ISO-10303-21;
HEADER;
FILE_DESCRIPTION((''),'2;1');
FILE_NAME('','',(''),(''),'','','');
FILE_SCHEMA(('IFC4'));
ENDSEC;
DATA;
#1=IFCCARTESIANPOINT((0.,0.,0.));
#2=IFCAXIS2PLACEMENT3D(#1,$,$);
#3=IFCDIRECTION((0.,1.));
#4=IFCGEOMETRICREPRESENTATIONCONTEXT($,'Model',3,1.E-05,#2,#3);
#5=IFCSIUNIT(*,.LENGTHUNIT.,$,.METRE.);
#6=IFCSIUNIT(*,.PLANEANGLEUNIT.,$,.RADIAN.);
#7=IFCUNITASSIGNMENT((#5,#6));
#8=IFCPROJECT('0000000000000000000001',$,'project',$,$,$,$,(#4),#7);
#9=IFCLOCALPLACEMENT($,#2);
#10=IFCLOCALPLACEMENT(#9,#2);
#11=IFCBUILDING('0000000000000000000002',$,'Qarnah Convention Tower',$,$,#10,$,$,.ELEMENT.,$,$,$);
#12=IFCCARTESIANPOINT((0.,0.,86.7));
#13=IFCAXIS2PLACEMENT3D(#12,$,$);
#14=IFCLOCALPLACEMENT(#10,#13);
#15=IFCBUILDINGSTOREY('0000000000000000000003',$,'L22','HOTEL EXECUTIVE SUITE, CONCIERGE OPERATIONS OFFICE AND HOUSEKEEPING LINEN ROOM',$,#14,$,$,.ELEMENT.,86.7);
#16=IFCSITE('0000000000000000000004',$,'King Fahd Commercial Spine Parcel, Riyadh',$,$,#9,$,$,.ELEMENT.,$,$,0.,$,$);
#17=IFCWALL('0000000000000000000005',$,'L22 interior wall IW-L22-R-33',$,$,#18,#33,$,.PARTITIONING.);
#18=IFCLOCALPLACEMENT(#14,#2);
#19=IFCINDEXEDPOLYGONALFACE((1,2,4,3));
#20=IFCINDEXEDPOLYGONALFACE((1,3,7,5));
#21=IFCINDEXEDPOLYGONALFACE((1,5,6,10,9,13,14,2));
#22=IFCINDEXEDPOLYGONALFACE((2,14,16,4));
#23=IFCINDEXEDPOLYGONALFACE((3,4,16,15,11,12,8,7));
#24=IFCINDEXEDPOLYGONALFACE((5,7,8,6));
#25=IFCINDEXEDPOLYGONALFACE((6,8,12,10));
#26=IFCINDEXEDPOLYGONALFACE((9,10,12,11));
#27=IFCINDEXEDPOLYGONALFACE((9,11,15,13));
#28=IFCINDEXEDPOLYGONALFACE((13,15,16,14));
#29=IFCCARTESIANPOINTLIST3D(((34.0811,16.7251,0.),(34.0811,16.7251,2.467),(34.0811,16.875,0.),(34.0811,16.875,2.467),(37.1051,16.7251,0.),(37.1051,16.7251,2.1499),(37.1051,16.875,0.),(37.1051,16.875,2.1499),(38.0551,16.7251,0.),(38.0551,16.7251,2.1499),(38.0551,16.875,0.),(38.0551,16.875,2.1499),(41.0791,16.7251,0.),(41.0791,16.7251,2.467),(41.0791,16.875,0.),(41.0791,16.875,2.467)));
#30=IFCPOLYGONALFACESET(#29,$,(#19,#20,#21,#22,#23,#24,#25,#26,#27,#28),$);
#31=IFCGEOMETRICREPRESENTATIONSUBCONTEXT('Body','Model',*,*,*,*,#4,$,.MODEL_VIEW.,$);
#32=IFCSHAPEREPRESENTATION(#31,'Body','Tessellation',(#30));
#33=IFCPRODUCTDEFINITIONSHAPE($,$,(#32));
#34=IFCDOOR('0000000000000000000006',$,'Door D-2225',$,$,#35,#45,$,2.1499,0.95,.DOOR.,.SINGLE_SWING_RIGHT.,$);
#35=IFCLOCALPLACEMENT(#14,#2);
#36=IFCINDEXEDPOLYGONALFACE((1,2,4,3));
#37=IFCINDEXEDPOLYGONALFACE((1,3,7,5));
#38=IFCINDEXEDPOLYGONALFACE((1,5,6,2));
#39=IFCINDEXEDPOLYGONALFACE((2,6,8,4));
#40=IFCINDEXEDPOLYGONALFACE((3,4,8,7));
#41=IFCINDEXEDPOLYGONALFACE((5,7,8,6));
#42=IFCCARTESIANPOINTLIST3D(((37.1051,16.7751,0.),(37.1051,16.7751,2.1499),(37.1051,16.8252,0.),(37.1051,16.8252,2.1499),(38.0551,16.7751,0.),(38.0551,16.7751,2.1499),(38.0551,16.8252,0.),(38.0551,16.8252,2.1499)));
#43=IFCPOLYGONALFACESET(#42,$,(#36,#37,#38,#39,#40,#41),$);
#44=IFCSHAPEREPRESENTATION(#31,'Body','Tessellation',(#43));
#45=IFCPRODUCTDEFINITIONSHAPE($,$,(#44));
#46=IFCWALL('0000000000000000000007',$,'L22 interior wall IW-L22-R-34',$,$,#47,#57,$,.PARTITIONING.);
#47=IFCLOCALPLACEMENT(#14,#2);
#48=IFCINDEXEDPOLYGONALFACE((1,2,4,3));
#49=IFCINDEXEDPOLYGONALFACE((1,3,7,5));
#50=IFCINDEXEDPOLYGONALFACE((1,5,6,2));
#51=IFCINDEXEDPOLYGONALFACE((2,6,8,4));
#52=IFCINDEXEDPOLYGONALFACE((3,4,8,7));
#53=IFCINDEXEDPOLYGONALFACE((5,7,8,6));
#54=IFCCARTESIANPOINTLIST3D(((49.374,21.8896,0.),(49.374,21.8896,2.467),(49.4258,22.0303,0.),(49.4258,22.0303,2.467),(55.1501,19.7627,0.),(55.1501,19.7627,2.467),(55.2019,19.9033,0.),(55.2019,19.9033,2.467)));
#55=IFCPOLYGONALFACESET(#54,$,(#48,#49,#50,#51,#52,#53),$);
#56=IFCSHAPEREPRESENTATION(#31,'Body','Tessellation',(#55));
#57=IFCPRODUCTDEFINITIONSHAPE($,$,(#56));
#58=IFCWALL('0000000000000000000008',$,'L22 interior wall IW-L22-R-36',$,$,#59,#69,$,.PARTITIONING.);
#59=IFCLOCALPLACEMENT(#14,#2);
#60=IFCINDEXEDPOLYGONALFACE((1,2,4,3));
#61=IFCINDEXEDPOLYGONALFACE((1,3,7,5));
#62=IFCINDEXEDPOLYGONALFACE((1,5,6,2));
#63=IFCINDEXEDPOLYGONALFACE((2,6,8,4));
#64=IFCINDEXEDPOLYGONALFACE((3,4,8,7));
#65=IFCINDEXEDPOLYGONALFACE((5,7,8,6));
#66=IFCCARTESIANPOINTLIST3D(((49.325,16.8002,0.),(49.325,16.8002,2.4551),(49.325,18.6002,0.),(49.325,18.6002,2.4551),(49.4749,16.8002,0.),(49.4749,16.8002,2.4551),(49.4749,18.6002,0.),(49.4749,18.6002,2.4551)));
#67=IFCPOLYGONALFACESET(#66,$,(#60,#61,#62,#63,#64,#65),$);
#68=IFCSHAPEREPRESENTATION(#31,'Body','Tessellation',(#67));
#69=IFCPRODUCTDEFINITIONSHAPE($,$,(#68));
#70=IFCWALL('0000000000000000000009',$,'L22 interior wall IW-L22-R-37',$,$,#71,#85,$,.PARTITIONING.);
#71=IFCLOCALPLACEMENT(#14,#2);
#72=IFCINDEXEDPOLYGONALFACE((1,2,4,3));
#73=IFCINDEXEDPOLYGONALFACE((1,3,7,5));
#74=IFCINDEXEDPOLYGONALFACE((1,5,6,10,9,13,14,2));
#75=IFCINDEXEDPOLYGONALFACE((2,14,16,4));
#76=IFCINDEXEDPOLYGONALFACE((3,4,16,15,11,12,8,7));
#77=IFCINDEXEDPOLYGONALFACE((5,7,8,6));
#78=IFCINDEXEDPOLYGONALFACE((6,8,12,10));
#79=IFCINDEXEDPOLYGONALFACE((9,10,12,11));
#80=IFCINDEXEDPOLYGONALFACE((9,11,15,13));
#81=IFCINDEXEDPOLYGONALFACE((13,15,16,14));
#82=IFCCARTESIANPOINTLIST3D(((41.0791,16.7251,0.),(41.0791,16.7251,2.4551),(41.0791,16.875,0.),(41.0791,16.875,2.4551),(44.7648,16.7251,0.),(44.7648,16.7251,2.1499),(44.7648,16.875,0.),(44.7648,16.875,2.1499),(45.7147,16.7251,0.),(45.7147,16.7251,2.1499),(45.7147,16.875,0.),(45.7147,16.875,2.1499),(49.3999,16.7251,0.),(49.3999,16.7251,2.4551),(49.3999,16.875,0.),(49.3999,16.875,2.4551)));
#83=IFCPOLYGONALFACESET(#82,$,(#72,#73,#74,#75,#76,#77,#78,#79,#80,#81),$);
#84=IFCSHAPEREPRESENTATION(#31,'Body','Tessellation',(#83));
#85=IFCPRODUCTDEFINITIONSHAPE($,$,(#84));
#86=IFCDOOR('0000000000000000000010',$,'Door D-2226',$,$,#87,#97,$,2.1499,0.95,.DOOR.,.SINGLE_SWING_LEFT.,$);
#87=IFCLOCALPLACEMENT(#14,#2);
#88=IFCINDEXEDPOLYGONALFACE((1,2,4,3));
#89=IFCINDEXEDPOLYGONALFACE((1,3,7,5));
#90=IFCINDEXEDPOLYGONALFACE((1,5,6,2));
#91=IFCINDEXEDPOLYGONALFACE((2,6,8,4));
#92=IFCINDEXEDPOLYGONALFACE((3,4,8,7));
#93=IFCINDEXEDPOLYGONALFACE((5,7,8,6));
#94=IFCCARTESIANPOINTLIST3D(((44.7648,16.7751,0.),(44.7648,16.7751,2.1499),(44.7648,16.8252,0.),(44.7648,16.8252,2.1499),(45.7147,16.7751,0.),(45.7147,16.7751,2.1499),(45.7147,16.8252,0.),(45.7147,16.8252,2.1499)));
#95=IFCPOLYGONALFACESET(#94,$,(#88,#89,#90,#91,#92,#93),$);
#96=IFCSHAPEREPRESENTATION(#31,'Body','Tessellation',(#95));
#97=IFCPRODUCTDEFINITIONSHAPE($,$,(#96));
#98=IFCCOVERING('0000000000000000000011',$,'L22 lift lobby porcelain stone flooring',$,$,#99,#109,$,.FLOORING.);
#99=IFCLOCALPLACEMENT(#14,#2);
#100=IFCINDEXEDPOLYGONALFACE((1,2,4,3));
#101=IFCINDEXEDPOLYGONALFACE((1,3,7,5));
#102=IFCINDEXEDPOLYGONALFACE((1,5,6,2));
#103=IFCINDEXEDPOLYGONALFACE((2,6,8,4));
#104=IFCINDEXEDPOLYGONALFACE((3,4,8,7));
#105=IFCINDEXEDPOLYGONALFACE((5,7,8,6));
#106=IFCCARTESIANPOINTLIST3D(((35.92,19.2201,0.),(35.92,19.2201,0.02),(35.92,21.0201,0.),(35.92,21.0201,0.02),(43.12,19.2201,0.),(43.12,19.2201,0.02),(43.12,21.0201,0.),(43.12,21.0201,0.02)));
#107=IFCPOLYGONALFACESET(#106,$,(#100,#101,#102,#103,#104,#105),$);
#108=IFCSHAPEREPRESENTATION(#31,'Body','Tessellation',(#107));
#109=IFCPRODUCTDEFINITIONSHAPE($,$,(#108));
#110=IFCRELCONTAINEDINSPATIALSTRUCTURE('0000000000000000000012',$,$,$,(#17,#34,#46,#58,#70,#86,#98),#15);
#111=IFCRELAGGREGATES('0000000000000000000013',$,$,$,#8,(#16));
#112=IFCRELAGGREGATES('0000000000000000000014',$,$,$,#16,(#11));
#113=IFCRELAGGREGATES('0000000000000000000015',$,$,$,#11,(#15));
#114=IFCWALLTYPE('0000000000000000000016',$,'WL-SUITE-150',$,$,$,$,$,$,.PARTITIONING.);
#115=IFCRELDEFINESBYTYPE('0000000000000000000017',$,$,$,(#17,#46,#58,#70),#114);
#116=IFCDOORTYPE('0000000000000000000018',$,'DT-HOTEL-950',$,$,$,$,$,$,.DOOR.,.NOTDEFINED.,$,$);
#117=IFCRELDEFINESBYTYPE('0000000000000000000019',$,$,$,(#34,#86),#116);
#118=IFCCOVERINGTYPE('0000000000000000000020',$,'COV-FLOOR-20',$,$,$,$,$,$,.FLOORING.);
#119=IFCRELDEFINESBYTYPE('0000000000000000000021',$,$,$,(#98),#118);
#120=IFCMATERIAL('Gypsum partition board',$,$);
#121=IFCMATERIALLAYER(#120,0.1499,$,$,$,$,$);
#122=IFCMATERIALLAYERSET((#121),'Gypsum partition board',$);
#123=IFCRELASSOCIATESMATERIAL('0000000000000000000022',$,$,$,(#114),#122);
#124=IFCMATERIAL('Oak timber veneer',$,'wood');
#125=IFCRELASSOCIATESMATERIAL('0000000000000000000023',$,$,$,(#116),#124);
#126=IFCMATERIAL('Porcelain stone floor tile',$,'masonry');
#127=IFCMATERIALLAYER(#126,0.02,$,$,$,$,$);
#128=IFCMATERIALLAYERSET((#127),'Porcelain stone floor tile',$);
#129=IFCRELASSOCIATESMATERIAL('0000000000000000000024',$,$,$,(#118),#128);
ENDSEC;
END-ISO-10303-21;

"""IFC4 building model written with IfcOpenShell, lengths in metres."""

from ifc_helpers import new_model, si_unit, direction, frame, frame_2d, origin, origin_2d, place, context, subcontext, project, spatial, rectangle, extrude, material, layer, layer_set, type_object, element, fill, save


model = new_model("IFC4")

# Units and contexts
model_context = context("Model", 3, precision=1e-05, world=origin(), true_north=direction((0.0, 1.0)))
body_context = subcontext(model_context, "Body", "Model", "MODEL_VIEW")
ifc_project = project(units=[si_unit("LENGTHUNIT", "METRE"), si_unit("PLANEANGLEUNIT", "RADIAN")], contexts=[model_context])

# Site, building, storey
site_placement = place(None, origin())
site = spatial("IfcSite", under=ifc_project, at=site_placement, Name="King Fahd Commercial Spine Parcel, Riyadh", CompositionType="ELEMENT", RefElevation=0.0)
building_placement = place(site_placement, origin())
building = spatial("IfcBuilding", under=site, at=building_placement, Name="Qarnah Convention Tower", CompositionType="ELEMENT")
storey_placement = place(building_placement, frame((0.0, 0.0, 86.7)))
storey = spatial("IfcBuildingStorey", under=building, at=storey_placement, Name="L22", Description="HOTEL EXECUTIVE SUITE, CONCIERGE OPERATIONS OFFICE AND HOUSEKEEPING LINEN ROOM", CompositionType="ELEMENT", Elevation=86.7)

# Shared definitions
ifc_material_1 = material(Name="Gypsum partition board")
ifc_layer_1 = layer(ifc_material_1, 0.1499)
ifc_layer_set_1 = layer_set([ifc_layer_1], Name="Gypsum partition board")
wall_type_1 = type_object("IfcWallType", Name="WL-SUITE-150", PredefinedType="PARTITIONING", material=ifc_layer_set_1)

# Wall, opening, door
wall_1_placement = place(storey_placement, frame((41.0791, 16.8, 0.0), z_axis=(0.0, 0.0, 1.0), x_axis=(-1.0, 0.0, 0.0)))
wall_1 = element("IfcWall", 1, at=wall_1_placement, inside=storey, type_object=wall_type_1, Name="L22 interior wall IW-L22-R-33", PredefinedType="PARTITIONING", context=body_context, shape_type="SweptSolid", body=[
    extrude(rectangle(XDim=6.998, YDim=0.1499, at=frame_2d((3.499, 0.0))), origin(), (0.0, 0.0, 1.0), 2.467),
])
opening_1_placement = place(wall_1_placement, frame((3.0239, 0.0, 0.0)))
opening_1 = element("IfcOpeningElement", 2, at=opening_1_placement, cuts=wall_1, PredefinedType="OPENING", context=body_context, shape_type="SweptSolid", body=[
    extrude(rectangle(XDim=0.95, YDim=2.1499, at=frame_2d((0.4751, 1.075))), frame((0.0, 0.085, 0.0), z_axis=(0.0, -1.0, 0.0), x_axis=(1.0, 0.0, 0.0)), (0.0, 0.0, 1.0), 0.1699),
])
ifc_material_2 = material(Name="Oak timber veneer", Category="wood")
door_type_1 = type_object("IfcDoorType", Name="DT-HOTEL-950", OperationType="NOTDEFINED", PredefinedType="DOOR", material=ifc_material_2)
door_1_placement = place(opening_1_placement, origin())
door_1 = element("IfcDoor", 3, at=door_1_placement, inside=storey, type_object=door_type_1, Name="Door D-2225", OperationType="SINGLE_SWING_RIGHT", OverallHeight=2.1499, OverallWidth=0.95, PredefinedType="DOOR", context=body_context, shape_type="SweptSolid", body=[
    extrude(rectangle(XDim=0.95, YDim=2.1499, at=frame_2d((0.4751, 1.075))), frame((0.0, 0.0249, 0.0), z_axis=(0.0, -1.0, 0.0), x_axis=(1.0, 0.0, 0.0)), (0.0, 0.0, 1.0), 0.05),
])
fill(opening_1, door_1)

# Walls
wall_2_placement = place(storey_placement, frame((55.176, 19.833, 0.0), z_axis=(0.0, 0.0, 1.0), x_axis=(-0.938401, 0.345549, 0.0)))
element("IfcWall", 4, at=wall_2_placement, inside=storey, type_object=wall_type_1, Name="L22 interior wall IW-L22-R-34", PredefinedType="PARTITIONING", context=body_context, shape_type="SweptSolid", body=[
    extrude(rectangle(XDim=6.1553, YDim=0.1499, at=frame_2d((3.0776, 0.0))), origin(), (0.0, 0.0, 1.0), 2.467),
])
wall_3_placement = place(storey_placement, frame((49.3999, 18.6001, 0.0), z_axis=(0.0, 0.0, 1.0), x_axis=(0.0, -1.0, 0.0)))
element("IfcWall", 5, at=wall_3_placement, inside=storey, type_object=wall_type_1, Name="L22 interior wall IW-L22-R-36", PredefinedType="PARTITIONING", context=body_context, shape_type="SweptSolid", body=[
    extrude(rectangle(XDim=1.8, YDim=0.1499, at=frame_2d((0.8999, 0.0))), origin(), (0.0, 0.0, 1.0), 2.4551),
])

# Wall, opening, door
wall_4_placement = place(storey_placement, frame((49.3999, 16.8, 0.0), z_axis=(0.0, 0.0, 1.0), x_axis=(-1.0, 0.0, 0.0)))
wall_4 = element("IfcWall", 6, at=wall_4_placement, inside=storey, type_object=wall_type_1, Name="L22 interior wall IW-L22-R-37", PredefinedType="PARTITIONING", context=body_context, shape_type="SweptSolid", body=[
    extrude(rectangle(XDim=8.3208, YDim=0.1499, at=frame_2d((4.1604, 0.0))), origin(), (0.0, 0.0, 1.0), 2.4551),
])
opening_2_placement = place(wall_4_placement, frame((3.6851, 0.0, 0.0)))
opening_2 = element("IfcOpeningElement", 7, at=opening_2_placement, cuts=wall_4, PredefinedType="OPENING", context=body_context, shape_type="SweptSolid", body=[
    extrude(rectangle(XDim=0.95, YDim=2.1499, at=frame_2d((0.4751, 1.075))), frame((0.0, 0.085, 0.0), z_axis=(0.0, -1.0, 0.0), x_axis=(1.0, 0.0, 0.0)), (0.0, 0.0, 1.0), 0.1699),
])
door_2_placement = place(opening_2_placement, origin())
door_2 = element("IfcDoor", 8, at=door_2_placement, inside=storey, type_object=door_type_1, Name="Door D-2226", OperationType="SINGLE_SWING_LEFT", OverallHeight=2.1499, OverallWidth=0.95, PredefinedType="DOOR", context=body_context, shape_type="SweptSolid", body=[
    extrude(rectangle(XDim=0.95, YDim=2.1499, at=frame_2d((0.4751, 1.075))), frame((0.0, 0.0249, 0.0), z_axis=(0.0, -1.0, 0.0), x_axis=(1.0, 0.0, 0.0)), (0.0, 0.0, 1.0), 0.05),
])
fill(opening_2, door_2)

# Covering
ifc_material_3 = material(Name="Porcelain stone floor tile", Category="masonry")
ifc_layer_2 = layer(ifc_material_3, 0.02)
ifc_layer_set_2 = layer_set([ifc_layer_2], Name="Porcelain stone floor tile")
covering_type = type_object("IfcCoveringType", Name="COV-FLOOR-20", PredefinedType="FLOORING", material=ifc_layer_set_2)
covering_placement = place(storey_placement, frame((39.52, 20.1201, 0.0), z_axis=(0.0, 0.0, 1.0), x_axis=(1.0, 0.0, 0.0)))
element("IfcCovering", 9, at=covering_placement, inside=storey, type_object=covering_type, Name="L22 lift lobby porcelain stone flooring", PredefinedType="FLOORING", context=body_context, shape_type="SweptSolid", body=[
    extrude(rectangle(XDim=7.2, YDim=1.8, at=origin_2d()), origin(), (0.0, 0.0, 1.0), 0.02),
])

save(model, "model.ifc")
